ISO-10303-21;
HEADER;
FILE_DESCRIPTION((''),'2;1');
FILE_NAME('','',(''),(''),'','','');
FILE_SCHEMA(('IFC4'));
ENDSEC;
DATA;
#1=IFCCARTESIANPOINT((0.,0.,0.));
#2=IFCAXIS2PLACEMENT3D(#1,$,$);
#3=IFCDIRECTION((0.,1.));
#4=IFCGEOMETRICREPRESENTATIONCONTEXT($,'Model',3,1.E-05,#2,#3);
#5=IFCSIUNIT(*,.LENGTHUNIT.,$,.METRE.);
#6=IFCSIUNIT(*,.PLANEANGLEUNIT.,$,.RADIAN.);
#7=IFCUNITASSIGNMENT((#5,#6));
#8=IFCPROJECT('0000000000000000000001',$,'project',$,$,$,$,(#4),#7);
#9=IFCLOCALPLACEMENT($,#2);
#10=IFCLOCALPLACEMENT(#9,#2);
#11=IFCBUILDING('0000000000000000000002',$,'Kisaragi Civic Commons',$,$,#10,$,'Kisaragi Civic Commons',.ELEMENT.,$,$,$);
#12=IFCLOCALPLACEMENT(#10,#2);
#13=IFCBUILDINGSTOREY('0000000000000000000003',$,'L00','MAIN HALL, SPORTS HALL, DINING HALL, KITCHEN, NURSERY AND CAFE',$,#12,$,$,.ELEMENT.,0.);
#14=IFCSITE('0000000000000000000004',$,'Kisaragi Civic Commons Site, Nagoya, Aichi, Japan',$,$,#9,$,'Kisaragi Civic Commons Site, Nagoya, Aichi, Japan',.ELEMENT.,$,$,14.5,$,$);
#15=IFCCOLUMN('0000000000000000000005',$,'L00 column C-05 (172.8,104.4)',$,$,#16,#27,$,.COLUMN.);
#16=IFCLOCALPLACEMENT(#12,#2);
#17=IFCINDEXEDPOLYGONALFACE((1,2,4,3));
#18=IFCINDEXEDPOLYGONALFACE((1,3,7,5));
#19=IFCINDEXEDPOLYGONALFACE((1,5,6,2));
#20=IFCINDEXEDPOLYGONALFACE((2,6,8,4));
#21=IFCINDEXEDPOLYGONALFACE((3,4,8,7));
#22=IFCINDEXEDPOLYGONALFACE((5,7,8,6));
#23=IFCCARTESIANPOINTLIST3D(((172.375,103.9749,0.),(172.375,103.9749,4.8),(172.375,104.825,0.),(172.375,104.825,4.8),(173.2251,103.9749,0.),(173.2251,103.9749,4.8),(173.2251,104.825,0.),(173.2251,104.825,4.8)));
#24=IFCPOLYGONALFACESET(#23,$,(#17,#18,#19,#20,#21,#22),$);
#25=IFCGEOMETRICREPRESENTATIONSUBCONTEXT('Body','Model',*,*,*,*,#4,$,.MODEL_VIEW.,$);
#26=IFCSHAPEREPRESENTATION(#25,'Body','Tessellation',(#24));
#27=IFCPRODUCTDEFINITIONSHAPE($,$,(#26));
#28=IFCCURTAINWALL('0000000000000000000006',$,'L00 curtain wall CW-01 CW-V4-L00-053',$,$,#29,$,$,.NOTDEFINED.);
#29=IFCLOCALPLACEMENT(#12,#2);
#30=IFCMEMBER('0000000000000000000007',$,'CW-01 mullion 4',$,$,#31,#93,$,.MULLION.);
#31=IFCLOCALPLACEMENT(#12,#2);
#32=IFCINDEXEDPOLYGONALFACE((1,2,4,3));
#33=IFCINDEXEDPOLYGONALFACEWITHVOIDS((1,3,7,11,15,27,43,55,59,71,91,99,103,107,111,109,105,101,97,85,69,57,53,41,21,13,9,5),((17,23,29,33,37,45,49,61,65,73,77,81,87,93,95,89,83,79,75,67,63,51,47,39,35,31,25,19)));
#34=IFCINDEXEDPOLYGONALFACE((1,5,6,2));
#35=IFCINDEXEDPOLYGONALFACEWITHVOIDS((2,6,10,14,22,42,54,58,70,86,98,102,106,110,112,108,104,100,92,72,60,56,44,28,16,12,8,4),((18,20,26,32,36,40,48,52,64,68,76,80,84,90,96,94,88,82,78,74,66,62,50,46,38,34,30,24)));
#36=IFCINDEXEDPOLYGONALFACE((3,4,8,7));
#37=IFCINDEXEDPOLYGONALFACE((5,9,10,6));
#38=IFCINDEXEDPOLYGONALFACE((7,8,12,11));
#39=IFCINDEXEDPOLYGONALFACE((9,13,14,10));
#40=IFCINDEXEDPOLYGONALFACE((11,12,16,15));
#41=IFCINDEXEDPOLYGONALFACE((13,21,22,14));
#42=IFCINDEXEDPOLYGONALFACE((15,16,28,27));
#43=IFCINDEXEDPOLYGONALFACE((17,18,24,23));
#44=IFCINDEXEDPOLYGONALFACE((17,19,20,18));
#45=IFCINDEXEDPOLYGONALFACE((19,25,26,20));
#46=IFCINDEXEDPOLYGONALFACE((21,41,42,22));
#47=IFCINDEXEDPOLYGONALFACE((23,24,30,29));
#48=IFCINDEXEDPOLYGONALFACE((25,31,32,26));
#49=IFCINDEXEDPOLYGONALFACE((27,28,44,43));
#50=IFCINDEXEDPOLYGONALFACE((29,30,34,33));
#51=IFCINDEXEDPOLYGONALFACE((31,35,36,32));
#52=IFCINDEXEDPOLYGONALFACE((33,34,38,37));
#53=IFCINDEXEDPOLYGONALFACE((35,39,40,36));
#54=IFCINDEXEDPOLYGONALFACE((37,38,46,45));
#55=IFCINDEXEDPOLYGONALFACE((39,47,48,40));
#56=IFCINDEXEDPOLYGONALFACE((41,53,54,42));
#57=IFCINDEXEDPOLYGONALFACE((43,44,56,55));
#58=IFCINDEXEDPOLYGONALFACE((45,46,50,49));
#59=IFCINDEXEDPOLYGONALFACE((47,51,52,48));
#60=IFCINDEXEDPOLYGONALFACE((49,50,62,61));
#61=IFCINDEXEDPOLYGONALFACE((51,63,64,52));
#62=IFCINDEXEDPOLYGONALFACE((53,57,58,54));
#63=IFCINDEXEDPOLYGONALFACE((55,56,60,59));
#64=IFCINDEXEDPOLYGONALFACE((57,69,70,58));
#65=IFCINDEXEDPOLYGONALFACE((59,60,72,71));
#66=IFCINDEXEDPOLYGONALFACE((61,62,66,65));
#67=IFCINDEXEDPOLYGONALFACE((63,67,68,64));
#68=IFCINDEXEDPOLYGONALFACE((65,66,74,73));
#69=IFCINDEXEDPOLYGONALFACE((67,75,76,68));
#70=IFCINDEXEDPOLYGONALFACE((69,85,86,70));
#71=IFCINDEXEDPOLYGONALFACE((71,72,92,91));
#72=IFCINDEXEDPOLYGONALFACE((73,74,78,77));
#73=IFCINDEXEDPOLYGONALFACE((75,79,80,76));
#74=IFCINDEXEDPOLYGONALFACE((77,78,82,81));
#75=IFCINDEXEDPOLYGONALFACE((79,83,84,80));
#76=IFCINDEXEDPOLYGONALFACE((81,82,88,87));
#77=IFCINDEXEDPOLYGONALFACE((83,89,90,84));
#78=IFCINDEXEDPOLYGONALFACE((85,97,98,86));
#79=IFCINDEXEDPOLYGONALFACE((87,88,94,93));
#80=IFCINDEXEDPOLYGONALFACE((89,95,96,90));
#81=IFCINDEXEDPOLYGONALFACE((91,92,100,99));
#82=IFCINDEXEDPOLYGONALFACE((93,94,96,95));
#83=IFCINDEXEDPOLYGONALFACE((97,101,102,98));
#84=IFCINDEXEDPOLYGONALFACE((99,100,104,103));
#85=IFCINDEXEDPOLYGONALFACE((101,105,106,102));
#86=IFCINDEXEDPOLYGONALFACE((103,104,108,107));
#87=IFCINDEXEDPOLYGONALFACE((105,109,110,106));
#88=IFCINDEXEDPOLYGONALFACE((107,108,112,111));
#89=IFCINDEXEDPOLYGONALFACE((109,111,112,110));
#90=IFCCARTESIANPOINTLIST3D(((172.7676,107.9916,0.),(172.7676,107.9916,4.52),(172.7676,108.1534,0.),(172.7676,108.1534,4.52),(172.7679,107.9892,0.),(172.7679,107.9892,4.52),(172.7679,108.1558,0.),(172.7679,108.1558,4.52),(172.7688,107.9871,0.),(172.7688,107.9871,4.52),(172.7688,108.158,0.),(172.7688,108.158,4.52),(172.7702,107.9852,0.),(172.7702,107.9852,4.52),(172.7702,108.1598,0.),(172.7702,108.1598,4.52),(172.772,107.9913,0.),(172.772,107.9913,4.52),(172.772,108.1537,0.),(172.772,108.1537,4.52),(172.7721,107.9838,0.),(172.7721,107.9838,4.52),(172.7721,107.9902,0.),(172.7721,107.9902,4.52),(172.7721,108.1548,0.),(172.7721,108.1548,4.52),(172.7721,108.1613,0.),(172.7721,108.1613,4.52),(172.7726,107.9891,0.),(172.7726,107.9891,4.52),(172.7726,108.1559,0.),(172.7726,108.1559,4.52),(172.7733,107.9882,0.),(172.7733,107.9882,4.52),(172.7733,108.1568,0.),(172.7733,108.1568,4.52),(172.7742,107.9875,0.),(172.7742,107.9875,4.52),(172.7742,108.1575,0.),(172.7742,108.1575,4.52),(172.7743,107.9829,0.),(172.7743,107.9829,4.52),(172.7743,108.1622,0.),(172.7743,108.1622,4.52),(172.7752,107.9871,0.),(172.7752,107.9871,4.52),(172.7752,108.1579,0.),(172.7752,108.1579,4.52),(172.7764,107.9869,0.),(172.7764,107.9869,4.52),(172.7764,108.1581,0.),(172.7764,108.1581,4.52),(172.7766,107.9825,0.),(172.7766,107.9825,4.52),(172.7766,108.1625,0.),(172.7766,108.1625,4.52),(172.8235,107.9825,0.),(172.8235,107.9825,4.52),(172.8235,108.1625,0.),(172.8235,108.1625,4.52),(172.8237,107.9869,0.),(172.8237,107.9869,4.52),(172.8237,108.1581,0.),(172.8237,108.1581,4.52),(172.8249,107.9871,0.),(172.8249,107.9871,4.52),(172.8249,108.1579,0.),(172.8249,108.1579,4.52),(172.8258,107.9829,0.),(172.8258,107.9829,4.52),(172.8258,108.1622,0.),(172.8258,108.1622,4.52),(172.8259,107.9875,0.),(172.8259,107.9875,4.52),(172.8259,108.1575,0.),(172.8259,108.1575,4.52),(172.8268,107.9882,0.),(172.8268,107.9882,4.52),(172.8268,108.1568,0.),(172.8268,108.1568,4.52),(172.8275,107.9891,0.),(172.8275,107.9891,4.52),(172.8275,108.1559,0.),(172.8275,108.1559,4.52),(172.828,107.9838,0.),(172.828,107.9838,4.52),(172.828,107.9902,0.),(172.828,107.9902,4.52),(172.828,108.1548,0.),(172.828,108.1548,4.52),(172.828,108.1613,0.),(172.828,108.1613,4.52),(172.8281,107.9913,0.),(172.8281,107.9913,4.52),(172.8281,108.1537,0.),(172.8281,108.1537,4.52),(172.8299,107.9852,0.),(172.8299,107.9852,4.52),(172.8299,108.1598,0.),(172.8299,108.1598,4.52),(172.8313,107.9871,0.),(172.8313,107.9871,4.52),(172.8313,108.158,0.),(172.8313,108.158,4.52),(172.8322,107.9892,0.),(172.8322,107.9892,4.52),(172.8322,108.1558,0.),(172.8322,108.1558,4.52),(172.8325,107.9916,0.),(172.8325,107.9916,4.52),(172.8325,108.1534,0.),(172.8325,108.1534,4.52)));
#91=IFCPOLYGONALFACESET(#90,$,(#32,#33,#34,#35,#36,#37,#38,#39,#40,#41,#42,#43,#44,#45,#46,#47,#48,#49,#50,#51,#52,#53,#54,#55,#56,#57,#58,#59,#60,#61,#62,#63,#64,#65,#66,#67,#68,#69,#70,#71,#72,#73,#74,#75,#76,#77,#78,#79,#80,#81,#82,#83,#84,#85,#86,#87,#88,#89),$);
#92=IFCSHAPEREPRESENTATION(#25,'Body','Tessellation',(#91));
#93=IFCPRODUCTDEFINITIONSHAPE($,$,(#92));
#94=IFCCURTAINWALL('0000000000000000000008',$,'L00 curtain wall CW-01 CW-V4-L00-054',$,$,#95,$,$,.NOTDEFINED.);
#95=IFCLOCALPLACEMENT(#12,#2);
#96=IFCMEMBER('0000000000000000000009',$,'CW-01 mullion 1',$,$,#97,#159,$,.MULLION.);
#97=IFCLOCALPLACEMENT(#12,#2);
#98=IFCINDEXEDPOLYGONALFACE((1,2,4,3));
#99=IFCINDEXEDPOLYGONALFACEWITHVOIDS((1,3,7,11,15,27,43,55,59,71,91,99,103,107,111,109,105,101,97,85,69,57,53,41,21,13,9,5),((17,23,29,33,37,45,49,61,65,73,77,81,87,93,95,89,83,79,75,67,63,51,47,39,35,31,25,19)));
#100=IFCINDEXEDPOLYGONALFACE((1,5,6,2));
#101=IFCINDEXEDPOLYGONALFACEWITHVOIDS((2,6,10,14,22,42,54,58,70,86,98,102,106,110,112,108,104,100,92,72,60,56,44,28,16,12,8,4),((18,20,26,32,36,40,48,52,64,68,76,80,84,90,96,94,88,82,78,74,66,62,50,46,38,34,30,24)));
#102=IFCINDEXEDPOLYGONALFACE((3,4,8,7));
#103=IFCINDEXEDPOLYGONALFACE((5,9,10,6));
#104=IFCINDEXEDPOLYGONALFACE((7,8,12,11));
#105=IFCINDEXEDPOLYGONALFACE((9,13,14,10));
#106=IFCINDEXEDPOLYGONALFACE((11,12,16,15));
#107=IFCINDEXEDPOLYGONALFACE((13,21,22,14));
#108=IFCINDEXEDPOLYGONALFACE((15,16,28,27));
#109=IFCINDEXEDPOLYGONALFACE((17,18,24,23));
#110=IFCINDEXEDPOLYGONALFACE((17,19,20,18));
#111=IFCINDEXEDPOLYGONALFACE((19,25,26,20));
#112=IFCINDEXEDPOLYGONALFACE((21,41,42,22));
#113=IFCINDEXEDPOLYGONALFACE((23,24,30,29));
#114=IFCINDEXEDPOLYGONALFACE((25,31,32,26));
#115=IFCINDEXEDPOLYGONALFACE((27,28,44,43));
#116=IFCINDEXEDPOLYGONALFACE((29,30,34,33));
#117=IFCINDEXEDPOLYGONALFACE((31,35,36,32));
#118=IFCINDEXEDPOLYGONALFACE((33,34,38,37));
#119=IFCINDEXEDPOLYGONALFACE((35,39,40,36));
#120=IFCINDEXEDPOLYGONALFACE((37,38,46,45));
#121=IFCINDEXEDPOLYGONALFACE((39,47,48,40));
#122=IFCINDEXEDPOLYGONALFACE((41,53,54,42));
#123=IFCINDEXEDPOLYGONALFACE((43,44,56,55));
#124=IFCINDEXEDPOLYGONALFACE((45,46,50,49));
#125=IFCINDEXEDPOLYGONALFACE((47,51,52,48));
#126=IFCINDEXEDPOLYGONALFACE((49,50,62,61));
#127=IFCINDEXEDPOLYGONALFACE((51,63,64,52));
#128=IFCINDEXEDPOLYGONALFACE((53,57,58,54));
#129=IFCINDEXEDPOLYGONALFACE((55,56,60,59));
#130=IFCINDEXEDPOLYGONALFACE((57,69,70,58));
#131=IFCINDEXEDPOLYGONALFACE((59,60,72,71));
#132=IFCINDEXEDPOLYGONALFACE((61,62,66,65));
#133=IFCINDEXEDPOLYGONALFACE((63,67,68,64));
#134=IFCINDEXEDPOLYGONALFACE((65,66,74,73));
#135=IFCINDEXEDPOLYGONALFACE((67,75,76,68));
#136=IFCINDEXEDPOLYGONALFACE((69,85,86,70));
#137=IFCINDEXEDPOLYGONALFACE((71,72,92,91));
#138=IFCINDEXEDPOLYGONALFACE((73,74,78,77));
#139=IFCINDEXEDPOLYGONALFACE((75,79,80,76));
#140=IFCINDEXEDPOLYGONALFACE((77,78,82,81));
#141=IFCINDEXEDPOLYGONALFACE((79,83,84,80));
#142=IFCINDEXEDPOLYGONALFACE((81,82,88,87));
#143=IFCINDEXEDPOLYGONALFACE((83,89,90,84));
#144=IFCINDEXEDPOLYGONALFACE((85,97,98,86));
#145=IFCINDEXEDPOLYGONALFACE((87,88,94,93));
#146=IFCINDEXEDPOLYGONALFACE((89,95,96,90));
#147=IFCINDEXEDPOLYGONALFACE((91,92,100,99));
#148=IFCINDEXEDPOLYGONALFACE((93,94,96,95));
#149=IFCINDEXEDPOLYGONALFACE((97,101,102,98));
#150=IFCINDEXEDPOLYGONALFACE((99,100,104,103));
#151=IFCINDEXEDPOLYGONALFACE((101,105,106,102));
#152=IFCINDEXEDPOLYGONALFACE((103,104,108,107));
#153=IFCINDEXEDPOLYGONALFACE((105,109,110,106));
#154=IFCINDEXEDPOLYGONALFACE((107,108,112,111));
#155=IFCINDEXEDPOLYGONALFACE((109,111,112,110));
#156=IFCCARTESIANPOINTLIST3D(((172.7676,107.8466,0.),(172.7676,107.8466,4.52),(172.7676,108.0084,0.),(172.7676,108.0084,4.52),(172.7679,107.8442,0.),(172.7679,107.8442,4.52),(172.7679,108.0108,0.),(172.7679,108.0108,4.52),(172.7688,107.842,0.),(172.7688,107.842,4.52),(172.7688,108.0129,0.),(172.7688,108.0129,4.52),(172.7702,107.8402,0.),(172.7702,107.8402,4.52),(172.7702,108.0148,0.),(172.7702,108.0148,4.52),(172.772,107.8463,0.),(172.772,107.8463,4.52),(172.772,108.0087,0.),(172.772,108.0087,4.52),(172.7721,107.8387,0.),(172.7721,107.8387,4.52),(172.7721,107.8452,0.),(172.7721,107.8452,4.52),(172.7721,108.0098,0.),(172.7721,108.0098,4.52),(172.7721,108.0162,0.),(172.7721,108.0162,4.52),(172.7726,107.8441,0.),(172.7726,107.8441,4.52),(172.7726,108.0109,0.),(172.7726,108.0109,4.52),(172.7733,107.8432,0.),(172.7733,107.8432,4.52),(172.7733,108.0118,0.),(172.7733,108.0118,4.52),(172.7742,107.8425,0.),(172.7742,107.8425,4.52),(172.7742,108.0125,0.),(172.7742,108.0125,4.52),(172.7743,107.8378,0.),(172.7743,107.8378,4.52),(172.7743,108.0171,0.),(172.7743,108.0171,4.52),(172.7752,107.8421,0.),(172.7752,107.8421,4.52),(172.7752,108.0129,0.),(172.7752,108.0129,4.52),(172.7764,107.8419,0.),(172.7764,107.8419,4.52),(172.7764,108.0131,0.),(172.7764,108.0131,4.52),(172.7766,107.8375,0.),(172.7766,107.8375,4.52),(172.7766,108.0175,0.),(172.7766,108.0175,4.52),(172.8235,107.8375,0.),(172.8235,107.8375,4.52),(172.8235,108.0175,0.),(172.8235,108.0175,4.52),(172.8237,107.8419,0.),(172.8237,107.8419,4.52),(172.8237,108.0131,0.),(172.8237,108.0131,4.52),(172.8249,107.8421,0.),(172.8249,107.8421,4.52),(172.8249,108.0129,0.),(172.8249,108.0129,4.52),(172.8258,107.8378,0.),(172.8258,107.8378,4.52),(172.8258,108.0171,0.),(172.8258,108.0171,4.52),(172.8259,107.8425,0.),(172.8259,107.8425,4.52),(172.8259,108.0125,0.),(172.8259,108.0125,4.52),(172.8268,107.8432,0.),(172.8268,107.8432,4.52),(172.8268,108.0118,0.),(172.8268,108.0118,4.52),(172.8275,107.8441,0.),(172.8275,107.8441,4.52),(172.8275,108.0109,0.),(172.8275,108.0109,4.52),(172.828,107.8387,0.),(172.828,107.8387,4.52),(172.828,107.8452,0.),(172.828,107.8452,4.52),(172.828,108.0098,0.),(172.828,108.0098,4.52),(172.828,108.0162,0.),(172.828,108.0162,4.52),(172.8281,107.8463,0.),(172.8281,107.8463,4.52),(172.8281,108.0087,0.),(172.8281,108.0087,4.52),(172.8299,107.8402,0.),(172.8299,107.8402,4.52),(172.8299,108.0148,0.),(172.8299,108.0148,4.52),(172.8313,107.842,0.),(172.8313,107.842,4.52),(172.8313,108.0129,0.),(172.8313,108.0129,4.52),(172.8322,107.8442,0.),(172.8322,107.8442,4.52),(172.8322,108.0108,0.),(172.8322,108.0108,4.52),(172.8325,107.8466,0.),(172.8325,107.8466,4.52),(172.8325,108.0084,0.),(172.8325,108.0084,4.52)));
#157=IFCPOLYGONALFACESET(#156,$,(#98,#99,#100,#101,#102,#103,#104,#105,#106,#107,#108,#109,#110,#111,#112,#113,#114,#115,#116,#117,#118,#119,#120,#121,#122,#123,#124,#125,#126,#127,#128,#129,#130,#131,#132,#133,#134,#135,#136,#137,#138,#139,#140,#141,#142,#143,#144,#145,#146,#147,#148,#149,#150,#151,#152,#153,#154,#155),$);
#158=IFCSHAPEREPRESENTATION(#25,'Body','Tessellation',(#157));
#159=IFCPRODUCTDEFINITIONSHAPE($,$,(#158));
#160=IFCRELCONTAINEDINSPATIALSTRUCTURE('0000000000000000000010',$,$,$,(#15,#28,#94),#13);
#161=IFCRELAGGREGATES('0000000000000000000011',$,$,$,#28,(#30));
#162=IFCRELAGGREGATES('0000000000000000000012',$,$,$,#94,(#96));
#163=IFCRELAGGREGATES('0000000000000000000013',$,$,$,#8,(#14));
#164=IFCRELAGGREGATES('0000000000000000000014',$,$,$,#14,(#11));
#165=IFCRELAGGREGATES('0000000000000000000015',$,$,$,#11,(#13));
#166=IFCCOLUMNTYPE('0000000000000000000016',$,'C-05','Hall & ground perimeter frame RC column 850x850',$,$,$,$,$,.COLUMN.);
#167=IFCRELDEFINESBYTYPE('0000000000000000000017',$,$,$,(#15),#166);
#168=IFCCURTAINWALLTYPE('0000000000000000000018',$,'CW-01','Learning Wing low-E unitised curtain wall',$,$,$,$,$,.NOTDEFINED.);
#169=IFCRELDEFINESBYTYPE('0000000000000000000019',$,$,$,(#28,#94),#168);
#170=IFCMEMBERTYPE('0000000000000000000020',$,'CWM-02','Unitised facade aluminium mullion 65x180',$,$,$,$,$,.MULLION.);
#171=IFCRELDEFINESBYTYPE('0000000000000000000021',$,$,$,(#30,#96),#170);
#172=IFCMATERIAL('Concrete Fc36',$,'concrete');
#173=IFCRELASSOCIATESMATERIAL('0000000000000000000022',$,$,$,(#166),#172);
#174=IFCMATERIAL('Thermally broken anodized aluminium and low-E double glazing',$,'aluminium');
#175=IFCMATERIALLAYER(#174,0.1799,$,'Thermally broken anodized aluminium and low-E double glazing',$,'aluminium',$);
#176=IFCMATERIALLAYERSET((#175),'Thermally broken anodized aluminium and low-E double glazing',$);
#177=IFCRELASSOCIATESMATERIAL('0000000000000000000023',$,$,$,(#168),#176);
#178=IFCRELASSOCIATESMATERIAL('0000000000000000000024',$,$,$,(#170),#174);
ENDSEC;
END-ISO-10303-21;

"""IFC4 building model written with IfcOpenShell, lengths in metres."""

from ifc_helpers import new_model, si_unit, direction, frame, origin, origin_2d, place, context, subcontext, project, spatial, rectangle, hollow_rectangle, extrude, material, layer, layer_set, material_profile, profile_set, type_object, element, aggregate, save


model = new_model("IFC4")

# Units and contexts
model_context = context("Model", 3, precision=1e-05, world=origin(), true_north=direction((0.0, 1.0)))
body_context = subcontext(model_context, "Body", "Model", "MODEL_VIEW")
ifc_project = project(units=[si_unit("LENGTHUNIT", "METRE"), si_unit("PLANEANGLEUNIT", "RADIAN")], contexts=[model_context])

# Site, building, storey
site_placement = place(None, origin())
site = spatial("IfcSite", under=ifc_project, at=site_placement, Name="Kisaragi Civic Commons Site, Nagoya, Aichi, Japan", LongName="Kisaragi Civic Commons Site, Nagoya, Aichi, Japan", CompositionType="ELEMENT", RefElevation=14.5)
building_placement = place(site_placement, origin())
building = spatial("IfcBuilding", under=site, at=building_placement, Name="Kisaragi Civic Commons", LongName="Kisaragi Civic Commons", CompositionType="ELEMENT")
storey_placement = place(building_placement, origin())
storey = spatial("IfcBuildingStorey", under=building, at=storey_placement, Name="L00", Description="MAIN HALL, SPORTS HALL, DINING HALL, KITCHEN, NURSERY AND CAFE", CompositionType="ELEMENT", Elevation=0.0)

# Column
ifc_material_1 = material(Name="Concrete Fc36", Category="concrete")
ifc_material_profile_1 = material_profile(ifc_material_1, rectangle(XDim=0.8501, YDim=0.8501, at=origin_2d()), Name="RC-850x850", Category="concrete")
ifc_profile_set_1 = profile_set([ifc_material_profile_1], Name="Concrete Fc36")
column_type = type_object("IfcColumnType", Name="C-05", Description="Hall & ground perimeter frame RC column 850x850", PredefinedType="COLUMN", material=ifc_profile_set_1)
column_placement = place(storey_placement, frame((172.8, 104.3999, 0.0), z_axis=(0.0, 0.0, 1.0), x_axis=(1.0, 0.0, 0.0)))
element("IfcColumn", 1, at=column_placement, inside=storey, type_object=column_type, Name="L00 column C-05 (172.8,104.4)", PredefinedType="COLUMN", context=body_context, shape_type="SweptSolid", body=[
    extrude(rectangle(XDim=0.8501, YDim=0.8501, at=origin_2d()), origin(), (0.0, 0.0, 1.0), 4.8),
])

# Curtain wall, member
ifc_material_2 = material(Name="Thermally broken anodized aluminium and low-E double glazing", Category="aluminium")
ifc_layer_1 = layer(ifc_material_2, 0.1799, Name="Thermally broken anodized aluminium and low-E double glazing", Category="aluminium")
ifc_layer_set_1 = layer_set([ifc_layer_1], Name="Thermally broken anodized aluminium and low-E double glazing")
curtain_wall_type = type_object("IfcCurtainWallType", Name="CW-01", Description="Learning Wing low-E unitised curtain wall", PredefinedType="NOTDEFINED", material=ifc_layer_set_1)
curtain_wall_1_placement = place(storey_placement, origin())
curtain_wall_1 = element("IfcCurtainWall", 2, at=curtain_wall_1_placement, inside=storey, type_object=curtain_wall_type, Name="L00 curtain wall CW-01 CW-V4-L00-053", PredefinedType="NOTDEFINED")
ifc_material_profile_2 = material_profile(ifc_material_2, hollow_rectangle(XDim=0.0649, YDim=0.1799, WallThickness=0.0044, InnerFilletRadius=0.0044, OuterFilletRadius=0.009, at=origin_2d()), Name="CWM-65x180x4.5", Category="aluminium")
ifc_profile_set_2 = profile_set([ifc_material_profile_2], Name="Thermally broken anodized aluminium and low-E double glazing")
member_type_1 = type_object("IfcMemberType", Name="CWM-02", Description="Unitised facade aluminium mullion 65x180", PredefinedType="MULLION", material=ifc_profile_set_2)
member_1_placement = place(storey_placement, frame((172.8, 108.0725, 0.0), z_axis=(0.0, 0.0, 1.0), x_axis=(1.0, 0.0, 0.0)))
member_1 = element("IfcMember", 3, at=member_1_placement, type_object=member_type_1, Name="CW-01 mullion 4", PredefinedType="MULLION", context=body_context, shape_type="SweptSolid", body=[
    extrude(hollow_rectangle(XDim=0.0649, YDim=0.1799, WallThickness=0.0044, InnerFilletRadius=0.0044, OuterFilletRadius=0.009, at=origin_2d()), origin(), (0.0, 0.0, 1.0), 4.52),
])

# Curtain wall, member
curtain_wall_2_placement = place(storey_placement, origin())
curtain_wall_2 = element("IfcCurtainWall", 4, at=curtain_wall_2_placement, inside=storey, type_object=curtain_wall_type, Name="L00 curtain wall CW-01 CW-V4-L00-054", PredefinedType="NOTDEFINED")
member_2_placement = place(storey_placement, frame((172.8, 107.9275, 0.0), z_axis=(0.0, 0.0, 1.0), x_axis=(1.0, 0.0, 0.0)))
member_2 = element("IfcMember", 5, at=member_2_placement, type_object=member_type_1, Name="CW-01 mullion 1", PredefinedType="MULLION", context=body_context, shape_type="SweptSolid", body=[
    extrude(hollow_rectangle(XDim=0.0649, YDim=0.1799, WallThickness=0.0044, InnerFilletRadius=0.0044, OuterFilletRadius=0.009, at=origin_2d()), origin(), (0.0, 0.0, 1.0), 4.52),
])

aggregate(curtain_wall_1, [member_1])
aggregate(curtain_wall_2, [member_2])

save(model, "model.ifc")
